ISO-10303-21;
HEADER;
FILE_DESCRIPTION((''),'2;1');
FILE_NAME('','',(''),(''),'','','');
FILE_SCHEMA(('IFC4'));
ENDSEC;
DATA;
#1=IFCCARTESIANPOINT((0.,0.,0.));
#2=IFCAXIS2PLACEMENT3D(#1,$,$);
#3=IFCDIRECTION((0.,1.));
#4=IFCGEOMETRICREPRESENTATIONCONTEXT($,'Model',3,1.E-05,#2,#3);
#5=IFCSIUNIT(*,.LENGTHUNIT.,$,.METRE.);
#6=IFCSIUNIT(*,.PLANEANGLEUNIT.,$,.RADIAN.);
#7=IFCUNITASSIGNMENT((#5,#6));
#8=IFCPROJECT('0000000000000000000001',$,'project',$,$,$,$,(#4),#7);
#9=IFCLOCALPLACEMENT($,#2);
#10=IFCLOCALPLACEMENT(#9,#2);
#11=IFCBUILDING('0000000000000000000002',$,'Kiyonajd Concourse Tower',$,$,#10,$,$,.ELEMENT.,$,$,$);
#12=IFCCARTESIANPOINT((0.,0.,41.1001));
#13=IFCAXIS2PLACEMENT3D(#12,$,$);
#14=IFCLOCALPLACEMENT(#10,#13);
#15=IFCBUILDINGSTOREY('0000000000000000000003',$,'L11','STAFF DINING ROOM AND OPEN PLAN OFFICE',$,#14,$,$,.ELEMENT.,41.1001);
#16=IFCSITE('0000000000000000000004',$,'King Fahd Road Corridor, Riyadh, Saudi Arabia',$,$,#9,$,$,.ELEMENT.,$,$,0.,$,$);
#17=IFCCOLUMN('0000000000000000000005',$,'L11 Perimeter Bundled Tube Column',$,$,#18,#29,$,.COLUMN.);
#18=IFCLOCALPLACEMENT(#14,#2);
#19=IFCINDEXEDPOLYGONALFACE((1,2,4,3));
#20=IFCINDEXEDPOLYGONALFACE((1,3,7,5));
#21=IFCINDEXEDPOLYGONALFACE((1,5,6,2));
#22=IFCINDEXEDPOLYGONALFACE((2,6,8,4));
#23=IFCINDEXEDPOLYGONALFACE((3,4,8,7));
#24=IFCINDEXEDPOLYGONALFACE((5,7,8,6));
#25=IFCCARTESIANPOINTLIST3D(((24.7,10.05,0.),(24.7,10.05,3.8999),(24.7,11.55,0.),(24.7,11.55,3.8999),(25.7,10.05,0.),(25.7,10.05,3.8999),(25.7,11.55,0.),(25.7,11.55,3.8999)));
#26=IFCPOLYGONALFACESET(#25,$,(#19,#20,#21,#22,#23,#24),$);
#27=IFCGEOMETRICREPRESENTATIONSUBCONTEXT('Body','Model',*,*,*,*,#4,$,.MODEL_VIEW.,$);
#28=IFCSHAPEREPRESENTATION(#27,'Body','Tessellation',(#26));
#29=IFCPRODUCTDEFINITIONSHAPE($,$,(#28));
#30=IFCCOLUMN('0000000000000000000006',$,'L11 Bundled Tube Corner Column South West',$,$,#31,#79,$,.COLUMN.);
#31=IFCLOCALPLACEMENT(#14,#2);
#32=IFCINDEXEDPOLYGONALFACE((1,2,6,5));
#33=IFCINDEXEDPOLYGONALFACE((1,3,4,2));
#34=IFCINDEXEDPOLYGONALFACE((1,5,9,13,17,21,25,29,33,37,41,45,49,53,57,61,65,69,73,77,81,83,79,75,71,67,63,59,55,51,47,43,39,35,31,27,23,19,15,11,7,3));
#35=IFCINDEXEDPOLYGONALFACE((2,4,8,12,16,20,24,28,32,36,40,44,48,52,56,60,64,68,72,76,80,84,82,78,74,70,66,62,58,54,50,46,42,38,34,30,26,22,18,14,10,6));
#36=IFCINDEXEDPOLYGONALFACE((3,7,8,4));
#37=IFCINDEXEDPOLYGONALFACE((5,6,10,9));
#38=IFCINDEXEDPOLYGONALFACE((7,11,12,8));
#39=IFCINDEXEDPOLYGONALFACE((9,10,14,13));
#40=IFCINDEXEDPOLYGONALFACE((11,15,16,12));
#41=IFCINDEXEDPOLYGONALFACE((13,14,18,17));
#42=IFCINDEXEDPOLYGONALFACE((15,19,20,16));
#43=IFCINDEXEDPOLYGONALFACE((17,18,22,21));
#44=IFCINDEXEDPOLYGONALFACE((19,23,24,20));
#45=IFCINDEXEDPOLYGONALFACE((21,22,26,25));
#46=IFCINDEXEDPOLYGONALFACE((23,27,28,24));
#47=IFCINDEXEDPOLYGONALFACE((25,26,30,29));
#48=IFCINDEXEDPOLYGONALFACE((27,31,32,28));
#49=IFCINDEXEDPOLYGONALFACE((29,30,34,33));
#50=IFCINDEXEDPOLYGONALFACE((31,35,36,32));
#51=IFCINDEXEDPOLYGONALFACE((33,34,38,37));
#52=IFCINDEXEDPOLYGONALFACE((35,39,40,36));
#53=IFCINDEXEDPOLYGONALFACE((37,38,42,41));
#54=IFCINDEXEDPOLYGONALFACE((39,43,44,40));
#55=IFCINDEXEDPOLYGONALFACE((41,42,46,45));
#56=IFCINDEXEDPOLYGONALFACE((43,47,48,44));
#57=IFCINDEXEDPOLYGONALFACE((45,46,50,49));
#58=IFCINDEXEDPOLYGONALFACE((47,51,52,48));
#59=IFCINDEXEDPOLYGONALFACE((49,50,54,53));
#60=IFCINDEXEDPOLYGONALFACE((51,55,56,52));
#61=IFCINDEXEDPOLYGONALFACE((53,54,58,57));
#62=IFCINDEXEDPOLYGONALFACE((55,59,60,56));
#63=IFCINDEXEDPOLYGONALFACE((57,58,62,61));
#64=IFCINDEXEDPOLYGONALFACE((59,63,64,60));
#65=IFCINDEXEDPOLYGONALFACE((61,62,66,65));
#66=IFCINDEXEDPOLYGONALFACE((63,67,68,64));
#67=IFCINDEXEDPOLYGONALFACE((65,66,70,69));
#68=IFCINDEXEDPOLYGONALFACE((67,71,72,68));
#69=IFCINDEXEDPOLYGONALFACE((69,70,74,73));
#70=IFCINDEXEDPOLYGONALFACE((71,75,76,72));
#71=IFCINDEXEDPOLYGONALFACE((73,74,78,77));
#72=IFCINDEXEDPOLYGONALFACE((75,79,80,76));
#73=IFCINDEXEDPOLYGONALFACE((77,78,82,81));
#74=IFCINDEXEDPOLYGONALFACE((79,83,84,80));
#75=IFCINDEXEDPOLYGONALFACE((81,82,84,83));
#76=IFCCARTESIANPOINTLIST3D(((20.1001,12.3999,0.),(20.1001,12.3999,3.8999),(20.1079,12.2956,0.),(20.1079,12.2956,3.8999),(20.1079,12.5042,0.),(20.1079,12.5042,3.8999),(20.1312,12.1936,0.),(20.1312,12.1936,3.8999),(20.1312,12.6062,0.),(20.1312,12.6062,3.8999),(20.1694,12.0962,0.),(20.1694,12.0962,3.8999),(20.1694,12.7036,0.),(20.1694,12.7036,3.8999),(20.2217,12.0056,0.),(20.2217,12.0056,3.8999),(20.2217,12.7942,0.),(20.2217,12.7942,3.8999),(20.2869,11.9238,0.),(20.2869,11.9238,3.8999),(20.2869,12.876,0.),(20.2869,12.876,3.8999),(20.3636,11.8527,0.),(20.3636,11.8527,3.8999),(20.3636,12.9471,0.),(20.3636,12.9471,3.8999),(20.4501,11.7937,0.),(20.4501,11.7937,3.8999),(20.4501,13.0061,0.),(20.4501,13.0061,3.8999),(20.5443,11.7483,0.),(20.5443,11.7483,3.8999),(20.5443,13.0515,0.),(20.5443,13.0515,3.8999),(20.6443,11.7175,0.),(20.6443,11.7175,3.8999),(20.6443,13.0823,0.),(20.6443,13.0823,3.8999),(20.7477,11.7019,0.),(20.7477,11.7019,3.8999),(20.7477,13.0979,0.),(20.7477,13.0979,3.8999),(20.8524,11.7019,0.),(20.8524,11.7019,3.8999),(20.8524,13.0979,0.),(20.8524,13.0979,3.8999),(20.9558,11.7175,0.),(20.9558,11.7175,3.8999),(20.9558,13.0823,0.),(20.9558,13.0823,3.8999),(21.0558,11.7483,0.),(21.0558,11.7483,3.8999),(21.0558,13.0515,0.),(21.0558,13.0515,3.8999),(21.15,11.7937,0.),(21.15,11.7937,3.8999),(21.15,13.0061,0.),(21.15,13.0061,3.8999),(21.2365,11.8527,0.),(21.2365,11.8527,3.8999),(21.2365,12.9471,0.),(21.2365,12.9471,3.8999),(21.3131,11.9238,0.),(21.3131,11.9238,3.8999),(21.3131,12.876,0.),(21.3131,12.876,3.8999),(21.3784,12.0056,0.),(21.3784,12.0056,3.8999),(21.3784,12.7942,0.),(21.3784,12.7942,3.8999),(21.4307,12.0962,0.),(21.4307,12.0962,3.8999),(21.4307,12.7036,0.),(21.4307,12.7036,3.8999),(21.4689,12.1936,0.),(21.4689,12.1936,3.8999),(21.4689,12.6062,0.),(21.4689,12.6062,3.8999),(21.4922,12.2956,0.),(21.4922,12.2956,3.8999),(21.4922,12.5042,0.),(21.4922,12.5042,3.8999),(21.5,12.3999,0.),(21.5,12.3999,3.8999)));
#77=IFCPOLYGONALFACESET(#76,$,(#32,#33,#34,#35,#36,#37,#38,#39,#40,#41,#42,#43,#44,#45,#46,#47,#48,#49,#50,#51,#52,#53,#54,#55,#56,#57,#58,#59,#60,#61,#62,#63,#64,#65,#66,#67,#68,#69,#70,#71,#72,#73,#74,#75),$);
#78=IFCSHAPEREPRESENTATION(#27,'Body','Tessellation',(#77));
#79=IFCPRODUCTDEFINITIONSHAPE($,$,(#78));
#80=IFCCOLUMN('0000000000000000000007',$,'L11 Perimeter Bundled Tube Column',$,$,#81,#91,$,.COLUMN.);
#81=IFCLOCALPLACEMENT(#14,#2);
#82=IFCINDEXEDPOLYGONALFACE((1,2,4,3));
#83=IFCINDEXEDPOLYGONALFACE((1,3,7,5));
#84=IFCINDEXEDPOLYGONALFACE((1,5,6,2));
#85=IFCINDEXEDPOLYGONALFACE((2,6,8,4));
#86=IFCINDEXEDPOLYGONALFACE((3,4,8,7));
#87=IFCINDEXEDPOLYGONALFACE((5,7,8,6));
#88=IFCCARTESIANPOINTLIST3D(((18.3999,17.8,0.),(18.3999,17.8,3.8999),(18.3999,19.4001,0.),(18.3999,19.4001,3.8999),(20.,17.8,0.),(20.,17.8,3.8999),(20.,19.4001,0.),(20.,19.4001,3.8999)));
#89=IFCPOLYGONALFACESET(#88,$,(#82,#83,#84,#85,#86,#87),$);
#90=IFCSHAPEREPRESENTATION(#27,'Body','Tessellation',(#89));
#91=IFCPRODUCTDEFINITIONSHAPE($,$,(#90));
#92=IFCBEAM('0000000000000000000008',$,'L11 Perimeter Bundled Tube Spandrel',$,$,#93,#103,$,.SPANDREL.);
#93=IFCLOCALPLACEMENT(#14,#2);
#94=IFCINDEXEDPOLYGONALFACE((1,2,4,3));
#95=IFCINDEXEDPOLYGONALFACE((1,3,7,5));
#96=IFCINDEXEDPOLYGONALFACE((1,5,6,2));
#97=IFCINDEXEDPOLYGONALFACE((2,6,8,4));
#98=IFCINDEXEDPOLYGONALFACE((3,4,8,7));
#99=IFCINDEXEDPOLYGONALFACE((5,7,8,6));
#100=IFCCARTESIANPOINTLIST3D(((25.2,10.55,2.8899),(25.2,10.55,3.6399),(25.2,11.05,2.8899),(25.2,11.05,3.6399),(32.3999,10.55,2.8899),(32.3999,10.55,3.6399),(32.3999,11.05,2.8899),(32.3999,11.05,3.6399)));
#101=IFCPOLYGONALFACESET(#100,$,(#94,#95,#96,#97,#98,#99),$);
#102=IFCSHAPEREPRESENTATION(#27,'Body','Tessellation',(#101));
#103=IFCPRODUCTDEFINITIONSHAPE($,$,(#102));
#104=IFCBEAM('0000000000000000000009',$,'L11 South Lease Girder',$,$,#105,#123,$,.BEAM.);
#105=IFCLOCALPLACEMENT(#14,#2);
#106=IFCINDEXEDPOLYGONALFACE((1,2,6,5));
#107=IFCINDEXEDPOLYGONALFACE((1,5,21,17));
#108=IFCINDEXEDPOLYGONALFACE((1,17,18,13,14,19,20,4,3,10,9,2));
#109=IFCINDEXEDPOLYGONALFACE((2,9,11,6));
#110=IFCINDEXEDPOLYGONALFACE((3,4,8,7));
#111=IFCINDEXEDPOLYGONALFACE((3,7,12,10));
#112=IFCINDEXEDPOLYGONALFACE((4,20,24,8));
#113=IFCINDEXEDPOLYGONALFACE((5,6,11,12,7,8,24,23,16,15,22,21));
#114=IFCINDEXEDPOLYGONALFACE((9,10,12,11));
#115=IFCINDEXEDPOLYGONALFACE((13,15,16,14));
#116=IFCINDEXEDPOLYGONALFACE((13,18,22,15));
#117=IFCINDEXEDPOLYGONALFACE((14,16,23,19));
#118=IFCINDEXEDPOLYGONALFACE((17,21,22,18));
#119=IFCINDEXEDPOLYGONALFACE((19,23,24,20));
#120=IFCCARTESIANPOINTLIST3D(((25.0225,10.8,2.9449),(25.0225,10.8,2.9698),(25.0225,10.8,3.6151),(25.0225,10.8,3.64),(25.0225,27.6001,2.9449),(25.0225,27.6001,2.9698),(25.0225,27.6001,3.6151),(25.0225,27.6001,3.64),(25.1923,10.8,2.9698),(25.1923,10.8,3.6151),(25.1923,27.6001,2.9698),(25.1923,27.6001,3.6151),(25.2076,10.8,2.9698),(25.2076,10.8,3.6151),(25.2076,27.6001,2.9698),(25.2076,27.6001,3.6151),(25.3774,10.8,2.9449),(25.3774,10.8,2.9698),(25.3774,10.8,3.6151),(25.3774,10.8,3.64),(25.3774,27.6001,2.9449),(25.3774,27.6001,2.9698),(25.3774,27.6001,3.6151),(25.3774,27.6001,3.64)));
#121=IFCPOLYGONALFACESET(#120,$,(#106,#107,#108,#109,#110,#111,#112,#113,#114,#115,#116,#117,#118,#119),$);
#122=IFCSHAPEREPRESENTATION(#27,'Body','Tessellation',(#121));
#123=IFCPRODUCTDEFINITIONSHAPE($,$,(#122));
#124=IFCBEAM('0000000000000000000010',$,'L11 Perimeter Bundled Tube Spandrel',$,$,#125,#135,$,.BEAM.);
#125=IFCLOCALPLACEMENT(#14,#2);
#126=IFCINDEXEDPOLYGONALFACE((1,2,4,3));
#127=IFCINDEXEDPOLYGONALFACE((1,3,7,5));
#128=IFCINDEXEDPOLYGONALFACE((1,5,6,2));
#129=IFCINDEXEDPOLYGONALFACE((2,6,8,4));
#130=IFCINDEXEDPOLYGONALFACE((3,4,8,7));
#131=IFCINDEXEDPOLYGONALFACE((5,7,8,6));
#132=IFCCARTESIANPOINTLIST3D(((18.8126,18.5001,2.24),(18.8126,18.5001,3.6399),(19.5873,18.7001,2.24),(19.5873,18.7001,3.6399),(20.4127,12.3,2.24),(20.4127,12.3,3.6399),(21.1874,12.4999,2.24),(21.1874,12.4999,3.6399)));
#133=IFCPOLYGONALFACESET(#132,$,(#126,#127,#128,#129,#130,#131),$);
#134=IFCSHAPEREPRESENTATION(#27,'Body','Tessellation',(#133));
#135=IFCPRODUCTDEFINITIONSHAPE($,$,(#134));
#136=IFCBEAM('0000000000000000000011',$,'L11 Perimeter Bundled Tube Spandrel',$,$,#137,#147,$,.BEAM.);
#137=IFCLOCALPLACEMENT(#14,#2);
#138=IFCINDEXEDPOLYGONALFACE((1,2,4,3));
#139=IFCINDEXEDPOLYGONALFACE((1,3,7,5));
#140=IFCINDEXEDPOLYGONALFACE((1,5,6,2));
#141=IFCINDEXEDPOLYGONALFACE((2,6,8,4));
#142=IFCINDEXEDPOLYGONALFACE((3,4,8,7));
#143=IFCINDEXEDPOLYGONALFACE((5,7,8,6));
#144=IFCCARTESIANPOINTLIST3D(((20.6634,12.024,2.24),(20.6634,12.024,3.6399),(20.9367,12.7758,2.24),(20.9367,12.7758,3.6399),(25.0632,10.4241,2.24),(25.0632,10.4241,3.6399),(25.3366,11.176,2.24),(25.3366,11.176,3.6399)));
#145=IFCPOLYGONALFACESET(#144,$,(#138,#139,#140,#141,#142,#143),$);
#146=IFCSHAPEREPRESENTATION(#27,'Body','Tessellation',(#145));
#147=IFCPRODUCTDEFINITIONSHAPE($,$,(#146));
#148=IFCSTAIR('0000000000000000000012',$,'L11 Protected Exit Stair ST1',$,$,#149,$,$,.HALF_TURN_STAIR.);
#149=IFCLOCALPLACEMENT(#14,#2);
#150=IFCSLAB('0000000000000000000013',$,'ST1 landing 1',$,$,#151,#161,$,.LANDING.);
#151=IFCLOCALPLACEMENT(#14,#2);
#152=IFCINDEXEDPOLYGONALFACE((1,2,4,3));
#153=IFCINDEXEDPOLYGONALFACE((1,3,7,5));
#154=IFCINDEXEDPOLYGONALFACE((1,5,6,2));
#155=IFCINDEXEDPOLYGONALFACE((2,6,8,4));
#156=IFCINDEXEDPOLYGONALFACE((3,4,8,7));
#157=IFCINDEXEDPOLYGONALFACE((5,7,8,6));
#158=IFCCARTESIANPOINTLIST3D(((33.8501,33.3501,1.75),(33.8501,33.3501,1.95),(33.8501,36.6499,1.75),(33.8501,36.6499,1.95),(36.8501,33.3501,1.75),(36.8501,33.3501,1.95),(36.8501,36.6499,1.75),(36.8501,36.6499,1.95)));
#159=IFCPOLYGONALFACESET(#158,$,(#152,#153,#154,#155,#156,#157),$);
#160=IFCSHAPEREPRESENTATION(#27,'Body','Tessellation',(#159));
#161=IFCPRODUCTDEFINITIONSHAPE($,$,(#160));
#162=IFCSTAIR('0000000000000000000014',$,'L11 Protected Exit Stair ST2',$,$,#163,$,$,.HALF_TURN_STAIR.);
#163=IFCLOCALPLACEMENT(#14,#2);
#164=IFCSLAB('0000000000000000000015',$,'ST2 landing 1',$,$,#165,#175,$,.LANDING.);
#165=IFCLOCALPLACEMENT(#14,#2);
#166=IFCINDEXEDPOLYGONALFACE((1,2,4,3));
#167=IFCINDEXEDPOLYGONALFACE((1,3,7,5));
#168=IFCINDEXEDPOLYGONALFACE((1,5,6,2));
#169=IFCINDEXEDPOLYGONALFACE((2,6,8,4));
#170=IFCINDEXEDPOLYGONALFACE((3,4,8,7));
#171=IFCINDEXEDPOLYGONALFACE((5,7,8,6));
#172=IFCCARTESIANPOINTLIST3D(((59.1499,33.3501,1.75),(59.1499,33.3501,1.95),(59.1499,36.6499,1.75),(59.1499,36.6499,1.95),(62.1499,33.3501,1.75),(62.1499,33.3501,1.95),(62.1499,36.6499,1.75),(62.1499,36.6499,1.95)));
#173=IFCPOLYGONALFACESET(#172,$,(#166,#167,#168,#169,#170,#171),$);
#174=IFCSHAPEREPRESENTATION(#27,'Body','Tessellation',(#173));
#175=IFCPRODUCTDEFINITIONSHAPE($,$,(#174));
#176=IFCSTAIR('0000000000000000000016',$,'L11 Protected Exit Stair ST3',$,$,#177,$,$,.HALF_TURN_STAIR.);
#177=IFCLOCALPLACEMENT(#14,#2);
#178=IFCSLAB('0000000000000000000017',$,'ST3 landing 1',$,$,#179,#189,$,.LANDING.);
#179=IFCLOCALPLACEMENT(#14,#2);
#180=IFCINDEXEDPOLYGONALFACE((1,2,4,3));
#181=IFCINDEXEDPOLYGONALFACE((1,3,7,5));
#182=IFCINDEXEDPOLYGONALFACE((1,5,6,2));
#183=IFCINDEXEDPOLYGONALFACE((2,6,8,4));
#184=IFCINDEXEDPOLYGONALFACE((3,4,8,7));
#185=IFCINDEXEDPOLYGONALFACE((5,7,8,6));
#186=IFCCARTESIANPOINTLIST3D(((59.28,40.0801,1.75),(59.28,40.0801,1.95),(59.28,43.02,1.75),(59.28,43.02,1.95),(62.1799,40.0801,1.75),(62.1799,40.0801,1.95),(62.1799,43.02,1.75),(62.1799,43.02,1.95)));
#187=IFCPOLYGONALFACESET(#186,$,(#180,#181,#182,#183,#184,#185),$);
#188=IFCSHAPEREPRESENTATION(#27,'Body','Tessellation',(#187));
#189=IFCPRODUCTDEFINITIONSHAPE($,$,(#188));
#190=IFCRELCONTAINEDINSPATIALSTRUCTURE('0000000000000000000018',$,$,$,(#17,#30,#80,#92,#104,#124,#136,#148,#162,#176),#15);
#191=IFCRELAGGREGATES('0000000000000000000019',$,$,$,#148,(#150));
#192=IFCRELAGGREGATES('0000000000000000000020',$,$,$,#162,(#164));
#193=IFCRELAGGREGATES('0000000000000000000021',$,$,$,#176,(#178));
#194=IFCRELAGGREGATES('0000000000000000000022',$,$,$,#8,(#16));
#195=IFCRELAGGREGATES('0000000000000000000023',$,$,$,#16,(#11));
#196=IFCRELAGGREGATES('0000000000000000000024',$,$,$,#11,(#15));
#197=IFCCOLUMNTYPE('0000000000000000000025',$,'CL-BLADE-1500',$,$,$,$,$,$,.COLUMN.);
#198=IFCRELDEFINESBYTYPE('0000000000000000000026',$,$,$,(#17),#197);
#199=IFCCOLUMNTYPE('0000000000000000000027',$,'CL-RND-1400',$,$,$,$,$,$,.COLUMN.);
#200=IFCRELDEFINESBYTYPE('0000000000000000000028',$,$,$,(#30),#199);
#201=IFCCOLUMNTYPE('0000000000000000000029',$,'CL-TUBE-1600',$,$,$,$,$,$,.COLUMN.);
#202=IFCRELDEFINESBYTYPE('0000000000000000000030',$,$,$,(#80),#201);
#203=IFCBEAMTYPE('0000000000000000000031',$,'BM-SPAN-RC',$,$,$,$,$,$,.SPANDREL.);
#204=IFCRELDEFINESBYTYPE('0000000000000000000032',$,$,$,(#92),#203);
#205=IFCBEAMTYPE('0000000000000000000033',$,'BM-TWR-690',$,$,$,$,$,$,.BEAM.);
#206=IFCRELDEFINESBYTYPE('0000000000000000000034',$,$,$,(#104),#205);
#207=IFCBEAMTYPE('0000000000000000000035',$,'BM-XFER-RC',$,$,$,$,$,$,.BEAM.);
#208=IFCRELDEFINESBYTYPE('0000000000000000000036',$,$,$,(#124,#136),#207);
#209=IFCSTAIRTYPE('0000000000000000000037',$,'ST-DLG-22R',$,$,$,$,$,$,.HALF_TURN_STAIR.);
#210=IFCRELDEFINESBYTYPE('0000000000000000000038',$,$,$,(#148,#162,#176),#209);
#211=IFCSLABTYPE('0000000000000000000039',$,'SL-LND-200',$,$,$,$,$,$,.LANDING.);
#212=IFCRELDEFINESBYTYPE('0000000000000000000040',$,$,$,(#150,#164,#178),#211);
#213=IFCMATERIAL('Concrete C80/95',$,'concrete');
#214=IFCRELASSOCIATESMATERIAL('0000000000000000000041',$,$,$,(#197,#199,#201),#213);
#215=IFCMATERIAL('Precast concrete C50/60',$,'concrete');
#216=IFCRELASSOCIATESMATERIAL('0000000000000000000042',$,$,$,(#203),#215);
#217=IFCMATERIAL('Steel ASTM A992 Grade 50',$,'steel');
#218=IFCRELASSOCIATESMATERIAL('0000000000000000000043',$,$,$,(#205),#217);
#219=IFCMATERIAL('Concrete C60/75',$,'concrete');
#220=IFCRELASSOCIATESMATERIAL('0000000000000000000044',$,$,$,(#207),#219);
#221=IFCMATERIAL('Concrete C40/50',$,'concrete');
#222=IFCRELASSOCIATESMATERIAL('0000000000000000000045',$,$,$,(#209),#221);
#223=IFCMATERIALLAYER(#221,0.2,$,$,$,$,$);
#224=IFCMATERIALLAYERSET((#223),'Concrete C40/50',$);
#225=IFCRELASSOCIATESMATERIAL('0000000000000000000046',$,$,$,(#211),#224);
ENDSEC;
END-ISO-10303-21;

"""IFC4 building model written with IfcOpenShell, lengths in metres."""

from ifc_helpers import new_model, si_unit, direction, frame, origin, origin_2d, place, context, subcontext, project, spatial, polyline, rectangle, circle, i_section, outline, extrude, material, layer, layer_set, material_profile, profile_set, type_object, element, aggregate, save


model = new_model("IFC4")

# Units and contexts
model_context = context("Model", 3, precision=1e-05, world=origin(), true_north=direction((0.0, 1.0)))
body_context = subcontext(model_context, "Body", "Model", "MODEL_VIEW")
ifc_project = project(units=[si_unit("LENGTHUNIT", "METRE"), si_unit("PLANEANGLEUNIT", "RADIAN")], contexts=[model_context])

# Site, building, storey
site_placement = place(None, origin())
site = spatial("IfcSite", under=ifc_project, at=site_placement, Name="King Fahd Road Corridor, Riyadh, Saudi Arabia", CompositionType="ELEMENT", RefElevation=0.0)
building_placement = place(site_placement, origin())
building = spatial("IfcBuilding", under=site, at=building_placement, Name="Kiyonajd Concourse Tower", CompositionType="ELEMENT")
storey_placement = place(building_placement, frame((0.0, 0.0, 41.1001)))
storey = spatial("IfcBuildingStorey", under=building, at=storey_placement, Name="L11", Description="STAFF DINING ROOM AND OPEN PLAN OFFICE", CompositionType="ELEMENT", Elevation=41.1001)

# Columns
ifc_material_1 = material(Name="Concrete C80/95", Category="concrete")
ifc_material_profile_1 = material_profile(ifc_material_1, rectangle(XDim=1.0, YDim=1.5, at=origin_2d()), Name="RC-1500x1000")
ifc_profile_set_1 = profile_set([ifc_material_profile_1], Name="Concrete C80/95")
column_type_1 = type_object("IfcColumnType", Name="CL-BLADE-1500", PredefinedType="COLUMN", material=ifc_profile_set_1)
column_1_placement = place(storey_placement, frame((25.2, 10.8, 0.0), z_axis=(0.0, 0.0, 1.0), x_axis=(1.0, 0.0, 0.0)))
element("IfcColumn", 1, at=column_1_placement, inside=storey, type_object=column_type_1, Name="L11 Perimeter Bundled Tube Column", PredefinedType="COLUMN", context=body_context, shape_type="SweptSolid", body=[
    extrude(rectangle(XDim=1.0, YDim=1.5, at=origin_2d()), origin(), (0.0, 0.0, 1.0), 3.8999),
])
ifc_material_profile_2 = material_profile(ifc_material_1, circle(Radius=0.7, at=origin_2d()), Name="RCC-D1400")
ifc_profile_set_2 = profile_set([ifc_material_profile_2], Name="Concrete C80/95")
column_type_2 = type_object("IfcColumnType", Name="CL-RND-1400", PredefinedType="COLUMN", material=ifc_profile_set_2)
column_2_placement = place(storey_placement, frame((20.8, 12.3999, 0.0), z_axis=(0.0, 0.0, 1.0), x_axis=(1.0, 0.0, 0.0)))
element("IfcColumn", 2, at=column_2_placement, inside=storey, type_object=column_type_2, Name="L11 Bundled Tube Corner Column South West", PredefinedType="COLUMN", context=body_context, shape_type="SweptSolid", body=[
    extrude(circle(Radius=0.7, at=origin_2d()), origin(), (0.0, 0.0, 1.0), 3.8999),
])
ifc_material_profile_3 = material_profile(ifc_material_1, rectangle(XDim=1.6001, YDim=1.6001, at=origin_2d()), Name="RC-1600x1600")
ifc_profile_set_3 = profile_set([ifc_material_profile_3], Name="Concrete C80/95")
column_type_3 = type_object("IfcColumnType", Name="CL-TUBE-1600", PredefinedType="COLUMN", material=ifc_profile_set_3)
column_3_placement = place(storey_placement, frame((19.2, 18.6001, 0.0), z_axis=(0.0, 0.0, 1.0), x_axis=(1.0, 0.0, 0.0)))
element("IfcColumn", 3, at=column_3_placement, inside=storey, type_object=column_type_3, Name="L11 Perimeter Bundled Tube Column", PredefinedType="COLUMN", context=body_context, shape_type="SweptSolid", body=[
    extrude(rectangle(XDim=1.6001, YDim=1.6001, at=origin_2d()), origin(), (0.0, 0.0, 1.0), 3.8999),
])

# Beams
ifc_material_2 = material(Name="Precast concrete C50/60", Category="concrete")
ifc_material_profile_4 = material_profile(ifc_material_2, rectangle(XDim=0.5, YDim=0.75, at=origin_2d()), Name="RCBM-500x750")
ifc_profile_set_4 = profile_set([ifc_material_profile_4], Name="Precast concrete C50/60")
beam_type_1 = type_object("IfcBeamType", Name="BM-SPAN-RC", PredefinedType="SPANDREL", material=ifc_profile_set_4)
beam_1_placement = place(storey_placement, frame((25.2, 10.8, 3.2649), z_axis=(1.0, 0.0, 0.0), x_axis=(0.0, 1.0, 0.0)))
element("IfcBeam", 4, at=beam_1_placement, inside=storey, type_object=beam_type_1, Name="L11 Perimeter Bundled Tube Spandrel", PredefinedType="SPANDREL", context=body_context, shape_type="SweptSolid", body=[
    extrude(rectangle(XDim=0.5, YDim=0.75, at=origin_2d()), origin(), (0.0, 0.0, 1.0), 7.2),
])
ifc_material_3 = material(Name="Steel ASTM A992 Grade 50", Category="steel")
ifc_material_profile_5 = material_profile(ifc_material_3, i_section(OverallWidth=0.355, OverallDepth=0.6951, WebThickness=0.0154, FlangeThickness=0.0249, at=origin_2d()), Name="W690X217")
ifc_profile_set_5 = profile_set([ifc_material_profile_5], Name="Steel ASTM A992 Grade 50")
beam_type_2 = type_object("IfcBeamType", Name="BM-TWR-690", PredefinedType="BEAM", material=ifc_profile_set_5)
beam_2_placement = place(storey_placement, frame((25.2, 10.8, 3.2925), z_axis=(0.0, 1.0, 0.0), x_axis=(-1.0, 0.0, 0.0)))
element("IfcBeam", 5, at=beam_2_placement, inside=storey, type_object=beam_type_2, Name="L11 South Lease Girder", PredefinedType="BEAM", context=body_context, shape_type="SweptSolid", body=[
    extrude(i_section(OverallWidth=0.355, OverallDepth=0.6951, WebThickness=0.0154, FlangeThickness=0.0249, at=origin_2d()), origin(), (0.0, 0.0, 1.0), 16.8),
])
ifc_material_4 = material(Name="Concrete C60/75", Category="concrete")
ifc_material_profile_6 = material_profile(ifc_material_4, rectangle(XDim=0.8, YDim=1.3999, at=origin_2d()), Name="RCBM-800x1400")
ifc_profile_set_6 = profile_set([ifc_material_profile_6], Name="Concrete C60/75")
beam_type_3 = type_object("IfcBeamType", Name="BM-XFER-RC", PredefinedType="BEAM", material=ifc_profile_set_6)
beam_3_placement = place(storey_placement, frame((19.2, 18.6001, 2.9399), z_axis=(0.249885, -0.968276, 0.0), x_axis=(0.968276, 0.249885, 0.0)))
element("IfcBeam", 6, at=beam_3_placement, inside=storey, type_object=beam_type_3, Name="L11 Perimeter Bundled Tube Spandrel", PredefinedType="BEAM", context=body_context, shape_type="SweptSolid", body=[
    extrude(rectangle(XDim=0.8, YDim=1.3999, at=origin_2d()), origin(), (0.0, 0.0, 1.0), 6.4033),
])
beam_4_placement = place(storey_placement, frame((20.8, 12.3999, 2.9399), z_axis=(0.939801, -0.341722, 0.0), x_axis=(0.341722, 0.939801, 0.0)))
element("IfcBeam", 7, at=beam_4_placement, inside=storey, type_object=beam_type_3, Name="L11 Perimeter Bundled Tube Spandrel", PredefinedType="BEAM", context=body_context, shape_type="SweptSolid", body=[
    extrude(rectangle(XDim=0.8, YDim=1.3999, at=origin_2d()), origin(), (0.0, 0.0, 1.0), 4.6816),
])

# Stairs, slabs
ifc_material_5 = material(Name="Concrete C40/50", Category="concrete")
stair_type = type_object("IfcStairType", Name="ST-DLG-22R", PredefinedType="HALF_TURN_STAIR", material=ifc_material_5)
stair_1_placement = place(storey_placement, origin())
stair_1 = element("IfcStair", 8, at=stair_1_placement, inside=storey, type_object=stair_type, Name="L11 Protected Exit Stair ST1", PredefinedType="HALF_TURN_STAIR")
ifc_layer_1 = layer(ifc_material_5, 0.2)
ifc_layer_set_1 = layer_set([ifc_layer_1], Name="Concrete C40/50")
slab_type_1 = type_object("IfcSlabType", Name="SL-LND-200", PredefinedType="LANDING", material=ifc_layer_set_1)
slab_1_placement = place(storey_placement, frame((0.0, 0.0, 1.75)))
slab_1 = element("IfcSlab", 9, at=slab_1_placement, type_object=slab_type_1, Name="ST1 landing 1", PredefinedType="LANDING", context=body_context, shape_type="SweptSolid", body=[
    extrude(outline(polyline([(36.8501, 33.3501), (36.8501, 36.6499), (33.8501, 36.6499), (33.8501, 33.3501), (36.8501, 33.3501)])), origin(), (0.0, 0.0, 1.0), 0.2),
])
aggregate(stair_1, [slab_1])
stair_2_placement = place(storey_placement, origin())
stair_2 = element("IfcStair", 10, at=stair_2_placement, inside=storey, type_object=stair_type, Name="L11 Protected Exit Stair ST2", PredefinedType="HALF_TURN_STAIR")
slab_2_placement = place(storey_placement, frame((0.0, 0.0, 1.75)))
slab_2 = element("IfcSlab", 11, at=slab_2_placement, type_object=slab_type_1, Name="ST2 landing 1", PredefinedType="LANDING", context=body_context, shape_type="SweptSolid", body=[
    extrude(outline(polyline([(62.1499, 33.3501), (62.1499, 36.6499), (59.1499, 36.6499), (59.1499, 33.3501), (62.1499, 33.3501)])), origin(), (0.0, 0.0, 1.0), 0.2),
])
aggregate(stair_2, [slab_2])
stair_3_placement = place(storey_placement, origin())
stair_3 = element("IfcStair", 12, at=stair_3_placement, inside=storey, type_object=stair_type, Name="L11 Protected Exit Stair ST3", PredefinedType="HALF_TURN_STAIR")
slab_3_placement = place(storey_placement, frame((0.0, 0.0, 1.75)))
slab_3 = element("IfcSlab", 13, at=slab_3_placement, type_object=slab_type_1, Name="ST3 landing 1", PredefinedType="LANDING", context=body_context, shape_type="SweptSolid", body=[
    extrude(outline(polyline([(59.28, 40.0801), (62.1799, 40.0801), (62.1799, 43.02), (59.28, 43.02), (59.28, 40.0801)])), origin(), (0.0, 0.0, 1.0), 0.2),
])
aggregate(stair_3, [slab_3])

save(model, "model.ifc")
